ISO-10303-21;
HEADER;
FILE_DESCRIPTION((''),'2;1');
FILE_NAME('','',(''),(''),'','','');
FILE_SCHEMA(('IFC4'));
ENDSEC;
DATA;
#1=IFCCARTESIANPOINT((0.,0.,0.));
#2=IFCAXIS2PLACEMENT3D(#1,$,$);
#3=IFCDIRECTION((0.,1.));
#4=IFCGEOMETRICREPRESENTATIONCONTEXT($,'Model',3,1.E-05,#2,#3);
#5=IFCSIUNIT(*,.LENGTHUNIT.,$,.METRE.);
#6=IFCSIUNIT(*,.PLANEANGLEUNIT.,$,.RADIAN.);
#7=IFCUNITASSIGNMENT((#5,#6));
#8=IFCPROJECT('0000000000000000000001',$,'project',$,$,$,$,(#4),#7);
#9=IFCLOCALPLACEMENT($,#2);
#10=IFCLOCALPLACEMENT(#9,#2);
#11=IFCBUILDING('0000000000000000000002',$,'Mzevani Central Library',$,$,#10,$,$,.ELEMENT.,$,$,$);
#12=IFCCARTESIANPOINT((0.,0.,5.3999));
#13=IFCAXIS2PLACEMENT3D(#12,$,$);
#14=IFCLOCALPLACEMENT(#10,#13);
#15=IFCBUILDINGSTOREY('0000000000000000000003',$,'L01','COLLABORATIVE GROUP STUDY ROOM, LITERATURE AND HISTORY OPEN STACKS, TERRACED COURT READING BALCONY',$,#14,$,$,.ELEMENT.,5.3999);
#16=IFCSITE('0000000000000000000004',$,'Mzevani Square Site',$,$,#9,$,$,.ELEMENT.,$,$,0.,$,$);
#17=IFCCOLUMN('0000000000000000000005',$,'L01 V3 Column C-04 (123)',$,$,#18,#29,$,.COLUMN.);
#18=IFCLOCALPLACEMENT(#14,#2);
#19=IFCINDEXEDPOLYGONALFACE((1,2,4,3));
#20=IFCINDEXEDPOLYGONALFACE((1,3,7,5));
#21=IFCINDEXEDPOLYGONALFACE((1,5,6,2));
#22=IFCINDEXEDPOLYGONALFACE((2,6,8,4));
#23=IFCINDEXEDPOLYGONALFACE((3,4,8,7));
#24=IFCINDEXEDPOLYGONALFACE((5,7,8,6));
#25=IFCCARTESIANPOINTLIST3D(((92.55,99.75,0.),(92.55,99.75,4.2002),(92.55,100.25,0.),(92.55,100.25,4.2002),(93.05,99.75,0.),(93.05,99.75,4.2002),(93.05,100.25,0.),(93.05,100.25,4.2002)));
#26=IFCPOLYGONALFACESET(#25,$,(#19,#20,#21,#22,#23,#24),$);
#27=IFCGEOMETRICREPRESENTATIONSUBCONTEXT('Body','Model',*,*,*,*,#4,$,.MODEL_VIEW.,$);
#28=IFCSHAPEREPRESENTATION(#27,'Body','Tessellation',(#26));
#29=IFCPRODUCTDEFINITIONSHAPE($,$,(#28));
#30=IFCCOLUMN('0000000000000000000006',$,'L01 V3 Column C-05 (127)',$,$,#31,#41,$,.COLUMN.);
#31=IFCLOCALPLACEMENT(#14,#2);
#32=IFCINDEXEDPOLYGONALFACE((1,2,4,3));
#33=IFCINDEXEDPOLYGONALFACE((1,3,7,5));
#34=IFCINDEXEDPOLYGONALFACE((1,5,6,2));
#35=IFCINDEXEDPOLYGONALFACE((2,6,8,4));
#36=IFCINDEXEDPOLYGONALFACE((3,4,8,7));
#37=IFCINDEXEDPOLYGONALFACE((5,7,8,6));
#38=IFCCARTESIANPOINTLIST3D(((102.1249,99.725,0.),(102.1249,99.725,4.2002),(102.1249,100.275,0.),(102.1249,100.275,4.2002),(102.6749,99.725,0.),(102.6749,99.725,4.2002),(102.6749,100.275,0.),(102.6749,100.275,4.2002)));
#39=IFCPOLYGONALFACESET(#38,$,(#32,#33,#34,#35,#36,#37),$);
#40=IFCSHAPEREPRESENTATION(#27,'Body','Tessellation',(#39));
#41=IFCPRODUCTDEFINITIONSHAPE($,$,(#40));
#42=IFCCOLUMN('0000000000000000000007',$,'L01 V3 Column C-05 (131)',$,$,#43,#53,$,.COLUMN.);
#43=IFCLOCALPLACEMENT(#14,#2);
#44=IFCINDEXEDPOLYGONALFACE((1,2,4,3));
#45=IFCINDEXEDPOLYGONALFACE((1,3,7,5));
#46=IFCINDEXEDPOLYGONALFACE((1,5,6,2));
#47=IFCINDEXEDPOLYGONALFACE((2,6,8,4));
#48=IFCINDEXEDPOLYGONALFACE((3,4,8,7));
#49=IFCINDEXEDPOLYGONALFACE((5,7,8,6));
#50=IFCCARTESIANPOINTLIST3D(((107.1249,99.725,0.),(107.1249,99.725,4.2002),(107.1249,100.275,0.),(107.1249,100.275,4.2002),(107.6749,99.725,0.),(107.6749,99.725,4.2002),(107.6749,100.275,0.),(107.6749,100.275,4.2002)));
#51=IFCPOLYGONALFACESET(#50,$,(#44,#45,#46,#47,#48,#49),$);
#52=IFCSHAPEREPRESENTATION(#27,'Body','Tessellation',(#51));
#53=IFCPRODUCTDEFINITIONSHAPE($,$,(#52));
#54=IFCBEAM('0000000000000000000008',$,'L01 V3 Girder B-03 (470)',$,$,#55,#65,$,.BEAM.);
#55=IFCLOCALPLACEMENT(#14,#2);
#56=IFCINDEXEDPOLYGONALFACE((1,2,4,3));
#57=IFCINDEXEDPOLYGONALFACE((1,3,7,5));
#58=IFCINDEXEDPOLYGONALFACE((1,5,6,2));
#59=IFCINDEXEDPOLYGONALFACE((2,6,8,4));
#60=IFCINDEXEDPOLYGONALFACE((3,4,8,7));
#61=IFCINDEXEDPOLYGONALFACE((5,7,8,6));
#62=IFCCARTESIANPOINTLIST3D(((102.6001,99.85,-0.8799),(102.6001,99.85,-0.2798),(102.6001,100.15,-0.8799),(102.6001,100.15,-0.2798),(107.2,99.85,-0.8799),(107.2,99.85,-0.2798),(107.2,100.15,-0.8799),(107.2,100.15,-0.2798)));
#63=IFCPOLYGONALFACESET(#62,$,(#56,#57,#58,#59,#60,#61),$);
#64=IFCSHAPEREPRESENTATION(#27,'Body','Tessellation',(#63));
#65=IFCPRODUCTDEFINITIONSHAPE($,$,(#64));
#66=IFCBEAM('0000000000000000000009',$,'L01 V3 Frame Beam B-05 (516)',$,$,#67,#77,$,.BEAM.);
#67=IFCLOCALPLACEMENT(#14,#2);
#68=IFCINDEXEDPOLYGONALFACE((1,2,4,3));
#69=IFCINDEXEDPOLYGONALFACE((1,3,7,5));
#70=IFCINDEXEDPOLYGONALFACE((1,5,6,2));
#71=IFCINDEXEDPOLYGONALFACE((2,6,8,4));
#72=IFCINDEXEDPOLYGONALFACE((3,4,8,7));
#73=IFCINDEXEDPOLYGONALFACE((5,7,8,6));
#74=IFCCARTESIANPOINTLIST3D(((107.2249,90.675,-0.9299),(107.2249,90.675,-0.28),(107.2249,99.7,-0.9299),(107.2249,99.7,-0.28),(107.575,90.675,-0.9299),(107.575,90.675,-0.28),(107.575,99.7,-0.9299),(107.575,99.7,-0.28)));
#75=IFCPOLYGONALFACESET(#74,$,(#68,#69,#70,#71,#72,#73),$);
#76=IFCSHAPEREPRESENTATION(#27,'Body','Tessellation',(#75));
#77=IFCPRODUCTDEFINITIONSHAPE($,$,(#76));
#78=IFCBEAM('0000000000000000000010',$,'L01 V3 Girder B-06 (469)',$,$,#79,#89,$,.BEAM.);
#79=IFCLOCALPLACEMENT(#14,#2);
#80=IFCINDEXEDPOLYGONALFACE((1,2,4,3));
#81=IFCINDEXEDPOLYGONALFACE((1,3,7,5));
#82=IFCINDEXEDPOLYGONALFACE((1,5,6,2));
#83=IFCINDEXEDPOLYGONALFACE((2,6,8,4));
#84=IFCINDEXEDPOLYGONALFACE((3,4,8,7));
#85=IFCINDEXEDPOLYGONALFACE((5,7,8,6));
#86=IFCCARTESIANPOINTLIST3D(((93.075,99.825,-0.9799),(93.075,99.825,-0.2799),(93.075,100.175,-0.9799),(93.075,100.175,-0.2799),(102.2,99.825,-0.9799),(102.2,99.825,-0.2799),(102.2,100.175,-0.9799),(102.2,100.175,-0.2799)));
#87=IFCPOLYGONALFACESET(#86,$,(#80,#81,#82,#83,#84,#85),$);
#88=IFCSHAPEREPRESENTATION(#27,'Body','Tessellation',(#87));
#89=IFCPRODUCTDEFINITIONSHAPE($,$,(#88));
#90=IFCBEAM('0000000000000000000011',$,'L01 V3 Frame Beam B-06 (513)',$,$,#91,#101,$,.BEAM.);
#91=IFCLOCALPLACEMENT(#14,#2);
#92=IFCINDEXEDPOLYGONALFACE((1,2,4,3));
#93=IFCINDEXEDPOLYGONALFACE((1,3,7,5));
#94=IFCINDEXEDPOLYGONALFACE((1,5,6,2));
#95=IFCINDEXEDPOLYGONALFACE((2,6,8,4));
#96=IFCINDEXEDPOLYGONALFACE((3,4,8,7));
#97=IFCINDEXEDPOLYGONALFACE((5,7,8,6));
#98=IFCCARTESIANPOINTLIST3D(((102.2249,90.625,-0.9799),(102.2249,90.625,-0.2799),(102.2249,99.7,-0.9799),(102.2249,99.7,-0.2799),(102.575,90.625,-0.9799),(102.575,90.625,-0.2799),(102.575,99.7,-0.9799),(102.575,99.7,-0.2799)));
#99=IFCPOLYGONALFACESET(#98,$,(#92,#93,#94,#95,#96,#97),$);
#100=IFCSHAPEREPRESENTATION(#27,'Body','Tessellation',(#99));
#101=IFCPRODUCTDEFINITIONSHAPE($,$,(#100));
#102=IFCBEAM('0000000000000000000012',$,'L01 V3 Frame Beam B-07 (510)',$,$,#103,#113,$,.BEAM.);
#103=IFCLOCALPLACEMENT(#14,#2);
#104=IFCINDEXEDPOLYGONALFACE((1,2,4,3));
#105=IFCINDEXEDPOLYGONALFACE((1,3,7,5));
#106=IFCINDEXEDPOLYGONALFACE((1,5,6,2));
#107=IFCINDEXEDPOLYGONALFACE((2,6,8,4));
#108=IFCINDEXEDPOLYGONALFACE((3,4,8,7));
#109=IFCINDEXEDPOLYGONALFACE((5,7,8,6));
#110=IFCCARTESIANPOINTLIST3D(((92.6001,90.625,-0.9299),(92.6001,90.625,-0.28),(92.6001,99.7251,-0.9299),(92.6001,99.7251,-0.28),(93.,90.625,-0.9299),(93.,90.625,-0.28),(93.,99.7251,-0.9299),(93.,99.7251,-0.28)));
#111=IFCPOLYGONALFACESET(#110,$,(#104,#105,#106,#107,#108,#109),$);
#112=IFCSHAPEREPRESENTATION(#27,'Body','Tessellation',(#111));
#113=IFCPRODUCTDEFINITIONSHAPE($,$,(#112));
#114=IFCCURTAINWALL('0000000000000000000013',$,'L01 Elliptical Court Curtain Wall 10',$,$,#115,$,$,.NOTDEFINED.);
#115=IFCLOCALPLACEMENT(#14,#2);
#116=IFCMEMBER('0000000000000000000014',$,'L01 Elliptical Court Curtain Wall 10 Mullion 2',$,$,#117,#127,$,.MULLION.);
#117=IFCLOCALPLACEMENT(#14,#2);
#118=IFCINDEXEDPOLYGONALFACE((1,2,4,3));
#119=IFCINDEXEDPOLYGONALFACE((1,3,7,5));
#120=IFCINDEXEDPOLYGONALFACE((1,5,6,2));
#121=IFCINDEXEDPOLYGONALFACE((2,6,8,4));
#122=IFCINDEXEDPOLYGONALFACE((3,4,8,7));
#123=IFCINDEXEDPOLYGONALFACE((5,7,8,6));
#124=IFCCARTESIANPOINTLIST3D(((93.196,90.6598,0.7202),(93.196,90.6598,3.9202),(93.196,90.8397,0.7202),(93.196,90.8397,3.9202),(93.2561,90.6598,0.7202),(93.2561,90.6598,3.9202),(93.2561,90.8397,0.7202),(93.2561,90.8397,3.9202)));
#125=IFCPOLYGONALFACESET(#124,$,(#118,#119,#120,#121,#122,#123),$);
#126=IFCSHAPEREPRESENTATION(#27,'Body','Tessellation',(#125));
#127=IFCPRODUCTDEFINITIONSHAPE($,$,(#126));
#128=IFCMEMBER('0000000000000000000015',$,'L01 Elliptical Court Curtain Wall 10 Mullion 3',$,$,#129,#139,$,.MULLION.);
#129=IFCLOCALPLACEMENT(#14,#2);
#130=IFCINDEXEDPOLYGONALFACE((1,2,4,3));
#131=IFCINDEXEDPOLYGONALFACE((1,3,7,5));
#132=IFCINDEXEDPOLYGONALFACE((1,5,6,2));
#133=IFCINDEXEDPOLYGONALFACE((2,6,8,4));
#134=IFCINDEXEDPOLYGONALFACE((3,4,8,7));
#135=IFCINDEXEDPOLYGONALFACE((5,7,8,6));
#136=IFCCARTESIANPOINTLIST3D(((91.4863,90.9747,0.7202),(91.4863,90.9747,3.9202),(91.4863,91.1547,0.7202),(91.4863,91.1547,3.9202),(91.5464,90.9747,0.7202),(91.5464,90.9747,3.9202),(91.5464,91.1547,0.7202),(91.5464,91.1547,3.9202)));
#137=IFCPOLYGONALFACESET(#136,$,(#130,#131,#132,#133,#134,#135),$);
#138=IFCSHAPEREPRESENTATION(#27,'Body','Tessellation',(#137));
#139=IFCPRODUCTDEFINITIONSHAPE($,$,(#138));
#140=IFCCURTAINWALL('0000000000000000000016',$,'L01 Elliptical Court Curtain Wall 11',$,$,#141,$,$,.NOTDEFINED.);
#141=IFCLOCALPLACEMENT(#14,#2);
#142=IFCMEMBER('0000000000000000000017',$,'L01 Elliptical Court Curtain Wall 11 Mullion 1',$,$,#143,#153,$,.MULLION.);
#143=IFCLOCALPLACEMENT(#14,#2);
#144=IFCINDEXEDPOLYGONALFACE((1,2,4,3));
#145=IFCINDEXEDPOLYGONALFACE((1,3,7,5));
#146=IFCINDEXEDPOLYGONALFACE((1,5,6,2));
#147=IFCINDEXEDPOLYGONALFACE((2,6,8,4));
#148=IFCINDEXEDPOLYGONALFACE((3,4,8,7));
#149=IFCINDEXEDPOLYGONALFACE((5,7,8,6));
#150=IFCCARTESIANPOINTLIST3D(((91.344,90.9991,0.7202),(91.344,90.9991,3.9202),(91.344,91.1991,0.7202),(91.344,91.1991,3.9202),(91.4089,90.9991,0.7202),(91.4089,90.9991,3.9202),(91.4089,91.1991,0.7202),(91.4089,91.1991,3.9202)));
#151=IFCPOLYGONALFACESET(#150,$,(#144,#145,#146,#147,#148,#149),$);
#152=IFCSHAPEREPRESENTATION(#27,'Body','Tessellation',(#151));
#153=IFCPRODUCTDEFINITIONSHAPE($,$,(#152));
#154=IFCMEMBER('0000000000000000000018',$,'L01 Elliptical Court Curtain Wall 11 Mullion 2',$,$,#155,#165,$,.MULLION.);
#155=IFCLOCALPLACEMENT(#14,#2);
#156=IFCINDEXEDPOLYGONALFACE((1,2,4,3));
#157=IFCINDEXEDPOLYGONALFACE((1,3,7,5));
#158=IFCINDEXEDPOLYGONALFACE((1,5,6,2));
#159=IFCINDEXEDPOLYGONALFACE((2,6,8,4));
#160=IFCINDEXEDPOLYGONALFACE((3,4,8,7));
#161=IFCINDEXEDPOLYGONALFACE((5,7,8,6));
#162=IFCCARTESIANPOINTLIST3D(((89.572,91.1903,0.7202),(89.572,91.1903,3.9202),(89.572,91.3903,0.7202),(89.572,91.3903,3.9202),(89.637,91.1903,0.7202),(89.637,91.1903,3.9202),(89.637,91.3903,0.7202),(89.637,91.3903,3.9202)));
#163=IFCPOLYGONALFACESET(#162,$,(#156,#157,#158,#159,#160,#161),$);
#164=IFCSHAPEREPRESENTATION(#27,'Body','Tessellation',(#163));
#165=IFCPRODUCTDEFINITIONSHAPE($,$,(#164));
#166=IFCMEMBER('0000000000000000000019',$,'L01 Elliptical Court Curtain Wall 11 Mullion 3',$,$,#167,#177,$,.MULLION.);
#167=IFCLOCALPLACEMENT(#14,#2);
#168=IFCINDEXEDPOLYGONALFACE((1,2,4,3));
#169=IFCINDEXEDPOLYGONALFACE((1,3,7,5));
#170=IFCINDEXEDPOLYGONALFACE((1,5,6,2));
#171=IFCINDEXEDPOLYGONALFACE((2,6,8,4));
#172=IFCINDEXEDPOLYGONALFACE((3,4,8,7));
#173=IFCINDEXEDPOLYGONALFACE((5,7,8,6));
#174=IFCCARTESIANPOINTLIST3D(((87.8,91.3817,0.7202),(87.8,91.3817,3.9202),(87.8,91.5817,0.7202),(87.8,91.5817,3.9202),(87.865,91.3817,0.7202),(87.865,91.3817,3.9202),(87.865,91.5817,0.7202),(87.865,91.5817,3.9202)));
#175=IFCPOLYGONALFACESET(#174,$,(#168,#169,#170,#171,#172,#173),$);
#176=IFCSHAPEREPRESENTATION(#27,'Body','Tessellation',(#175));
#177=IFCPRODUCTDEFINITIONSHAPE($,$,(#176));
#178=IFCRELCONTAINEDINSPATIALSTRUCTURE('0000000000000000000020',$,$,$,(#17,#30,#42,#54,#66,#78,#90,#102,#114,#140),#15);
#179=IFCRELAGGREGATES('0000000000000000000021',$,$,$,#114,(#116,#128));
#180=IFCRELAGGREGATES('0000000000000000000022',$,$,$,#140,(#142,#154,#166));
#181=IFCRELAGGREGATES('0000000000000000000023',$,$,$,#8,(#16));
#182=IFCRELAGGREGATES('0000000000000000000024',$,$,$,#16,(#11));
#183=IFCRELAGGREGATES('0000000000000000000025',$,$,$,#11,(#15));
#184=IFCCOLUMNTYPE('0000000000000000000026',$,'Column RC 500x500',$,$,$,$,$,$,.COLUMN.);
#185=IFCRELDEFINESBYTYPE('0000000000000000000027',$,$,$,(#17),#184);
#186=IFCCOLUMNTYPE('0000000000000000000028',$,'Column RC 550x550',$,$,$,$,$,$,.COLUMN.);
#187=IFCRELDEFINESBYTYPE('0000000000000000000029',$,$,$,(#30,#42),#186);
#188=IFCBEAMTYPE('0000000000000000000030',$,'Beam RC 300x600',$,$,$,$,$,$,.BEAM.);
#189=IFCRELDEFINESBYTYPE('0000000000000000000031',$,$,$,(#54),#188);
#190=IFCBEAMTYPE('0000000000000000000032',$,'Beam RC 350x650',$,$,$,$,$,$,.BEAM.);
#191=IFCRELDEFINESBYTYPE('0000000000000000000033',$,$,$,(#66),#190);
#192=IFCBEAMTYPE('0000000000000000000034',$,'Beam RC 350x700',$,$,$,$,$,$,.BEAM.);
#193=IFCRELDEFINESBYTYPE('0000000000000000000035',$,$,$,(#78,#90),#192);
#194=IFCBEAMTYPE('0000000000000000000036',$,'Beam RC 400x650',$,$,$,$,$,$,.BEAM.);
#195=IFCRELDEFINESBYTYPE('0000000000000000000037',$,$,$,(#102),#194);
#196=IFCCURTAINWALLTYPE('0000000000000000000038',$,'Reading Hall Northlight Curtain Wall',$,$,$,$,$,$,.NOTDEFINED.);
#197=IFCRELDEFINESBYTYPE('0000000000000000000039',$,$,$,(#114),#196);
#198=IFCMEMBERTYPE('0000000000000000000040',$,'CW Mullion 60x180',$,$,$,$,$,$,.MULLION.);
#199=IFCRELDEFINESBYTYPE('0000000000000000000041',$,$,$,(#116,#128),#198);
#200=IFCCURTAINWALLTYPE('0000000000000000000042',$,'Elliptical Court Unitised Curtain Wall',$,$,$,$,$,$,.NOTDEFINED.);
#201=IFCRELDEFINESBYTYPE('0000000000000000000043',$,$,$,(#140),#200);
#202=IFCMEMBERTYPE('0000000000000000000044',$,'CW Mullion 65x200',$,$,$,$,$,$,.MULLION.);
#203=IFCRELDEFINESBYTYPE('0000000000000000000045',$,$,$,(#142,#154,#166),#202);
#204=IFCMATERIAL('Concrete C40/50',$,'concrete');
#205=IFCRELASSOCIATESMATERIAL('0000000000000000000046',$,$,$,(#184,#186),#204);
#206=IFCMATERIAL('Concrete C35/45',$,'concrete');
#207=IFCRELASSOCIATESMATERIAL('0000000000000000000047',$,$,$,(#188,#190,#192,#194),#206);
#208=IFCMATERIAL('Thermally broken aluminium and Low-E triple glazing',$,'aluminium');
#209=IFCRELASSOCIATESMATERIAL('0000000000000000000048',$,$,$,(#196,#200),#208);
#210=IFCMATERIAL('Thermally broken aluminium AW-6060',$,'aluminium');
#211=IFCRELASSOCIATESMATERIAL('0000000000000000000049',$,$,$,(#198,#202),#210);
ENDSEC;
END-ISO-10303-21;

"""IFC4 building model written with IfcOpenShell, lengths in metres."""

from ifc_helpers import new_model, si_unit, direction, frame, origin, origin_2d, place, context, subcontext, project, spatial, rectangle, extrude, material, material_profile, profile_set, type_object, element, aggregate, save


model = new_model("IFC4")

# Units and contexts
model_context = context("Model", 3, precision=1e-05, world=origin(), true_north=direction((0.0, 1.0)))
body_context = subcontext(model_context, "Body", "Model", "MODEL_VIEW")
ifc_project = project(units=[si_unit("LENGTHUNIT", "METRE"), si_unit("PLANEANGLEUNIT", "RADIAN")], contexts=[model_context])

# Site, building, storey
site_placement = place(None, origin())
site = spatial("IfcSite", under=ifc_project, at=site_placement, Name="Mzevani Square Site", CompositionType="ELEMENT", RefElevation=0.0)
building_placement = place(site_placement, origin())
building = spatial("IfcBuilding", under=site, at=building_placement, Name="Mzevani Central Library", CompositionType="ELEMENT")
storey_placement = place(building_placement, frame((0.0, 0.0, 5.3999)))
storey = spatial("IfcBuildingStorey", under=building, at=storey_placement, Name="L01", Description="COLLABORATIVE GROUP STUDY ROOM, LITERATURE AND HISTORY OPEN STACKS, TERRACED COURT READING BALCONY", CompositionType="ELEMENT", Elevation=5.3999)

# Columns
ifc_material_1 = material(Name="Concrete C40/50", Category="concrete")
ifc_material_profile_1 = material_profile(ifc_material_1, rectangle(XDim=0.5, YDim=0.5, at=origin_2d()), Name="RC 500x500")
ifc_profile_set_1 = profile_set([ifc_material_profile_1], Name="Concrete C40/50")
column_type_1 = type_object("IfcColumnType", Name="Column RC 500x500", PredefinedType="COLUMN", material=ifc_profile_set_1)
column_placement = place(storey_placement, frame((92.8, 100.0, 0.0), z_axis=(0.0, 0.0, 1.0), x_axis=(1.0, 0.0, 0.0)))
element("IfcColumn", 1, at=column_placement, inside=storey, type_object=column_type_1, Name="L01 V3 Column C-04 (123)", PredefinedType="COLUMN", context=body_context, shape_type="SweptSolid", body=[
    extrude(rectangle(XDim=0.5, YDim=0.5, at=origin_2d()), origin(), (0.0, 0.0, 1.0), 4.2002),
])
ifc_material_profile_2 = material_profile(ifc_material_1, rectangle(XDim=0.55, YDim=0.55, at=origin_2d()), Name="RC 550x550")
ifc_profile_set_2 = profile_set([ifc_material_profile_2], Name="Concrete C40/50")
column_type_2 = type_object("IfcColumnType", Name="Column RC 550x550", PredefinedType="COLUMN", material=ifc_profile_set_2)
for number, where, z_axis, x_axis, name in (
    (2, (102.3999, 100.0, 0.0), (0.0, 0.0, 1.0), (1.0, 0.0, 0.0), "L01 V3 Column C-05 (127)"),
    (3, (107.3999, 100.0, 0.0), (0.0, 0.0, 1.0), (1.0, 0.0, 0.0), "L01 V3 Column C-05 (131)"),
):
    element("IfcColumn", number, at=place(storey_placement, frame(where, z_axis=z_axis, x_axis=x_axis)), inside=storey, type_object=column_type_2, Name=name, PredefinedType="COLUMN", context=body_context, shape_type="SweptSolid", body=[
        extrude(rectangle(XDim=0.55, YDim=0.55, at=origin_2d()), origin(), (0.0, 0.0, 1.0), 4.2002),
    ])

# Beams
ifc_material_2 = material(Name="Concrete C35/45", Category="concrete")
ifc_material_profile_3 = material_profile(ifc_material_2, rectangle(XDim=0.3, YDim=0.6001, at=origin_2d()), Name="RC B300x600")
ifc_profile_set_3 = profile_set([ifc_material_profile_3], Name="Concrete C35/45")
beam_type_1 = type_object("IfcBeamType", Name="Beam RC 300x600", PredefinedType="BEAM", material=ifc_profile_set_3)
beam_1_placement = place(storey_placement, frame((102.6001, 100.0, -0.5798), z_axis=(1.0, 0.0, 0.0), x_axis=(0.0, 1.0, 0.0)))
element("IfcBeam", 4, at=beam_1_placement, inside=storey, type_object=beam_type_1, Name="L01 V3 Girder B-03 (470)", PredefinedType="BEAM", context=body_context, shape_type="SweptSolid", body=[
    extrude(rectangle(XDim=0.3, YDim=0.6001, at=origin_2d()), origin(), (0.0, 0.0, 1.0), 4.5999),
])
ifc_material_profile_4 = material_profile(ifc_material_2, rectangle(XDim=0.3501, YDim=0.6499, at=origin_2d()), Name="RC B350x650")
ifc_profile_set_4 = profile_set([ifc_material_profile_4], Name="Concrete C35/45")
beam_type_2 = type_object("IfcBeamType", Name="Beam RC 350x650", PredefinedType="BEAM", material=ifc_profile_set_4)
beam_2_placement = place(storey_placement, frame((107.3999, 90.675, -0.605), z_axis=(0.0, 1.0, 0.0), x_axis=(-1.0, 0.0, 0.0)))
element("IfcBeam", 5, at=beam_2_placement, inside=storey, type_object=beam_type_2, Name="L01 V3 Frame Beam B-05 (516)", PredefinedType="BEAM", context=body_context, shape_type="SweptSolid", body=[
    extrude(rectangle(XDim=0.3501, YDim=0.6499, at=origin_2d()), origin(), (0.0, 0.0, 1.0), 9.0249),
])
ifc_material_profile_5 = material_profile(ifc_material_2, rectangle(XDim=0.3501, YDim=0.7, at=origin_2d()), Name="RC B350x700")
ifc_profile_set_5 = profile_set([ifc_material_profile_5], Name="Concrete C35/45")
beam_type_3 = type_object("IfcBeamType", Name="Beam RC 350x700", PredefinedType="BEAM", material=ifc_profile_set_5)
beam_3_placement = place(storey_placement, frame((93.075, 100.0, -0.6299), z_axis=(1.0, 0.0, 0.0), x_axis=(0.0, 1.0, 0.0)))
element("IfcBeam", 6, at=beam_3_placement, inside=storey, type_object=beam_type_3, Name="L01 V3 Girder B-06 (469)", PredefinedType="BEAM", context=body_context, shape_type="SweptSolid", body=[
    extrude(rectangle(XDim=0.3501, YDim=0.7, at=origin_2d()), origin(), (0.0, 0.0, 1.0), 9.125),
])
beam_4_placement = place(storey_placement, frame((102.3999, 90.625, -0.6299), z_axis=(0.0, 1.0, 0.0), x_axis=(-1.0, 0.0, 0.0)))
element("IfcBeam", 7, at=beam_4_placement, inside=storey, type_object=beam_type_3, Name="L01 V3 Frame Beam B-06 (513)", PredefinedType="BEAM", context=body_context, shape_type="SweptSolid", body=[
    extrude(rectangle(XDim=0.3501, YDim=0.7, at=origin_2d()), origin(), (0.0, 0.0, 1.0), 9.075),
])
ifc_material_profile_6 = material_profile(ifc_material_2, rectangle(XDim=0.3999, YDim=0.6499, at=origin_2d()), Name="RC B400x650")
ifc_profile_set_6 = profile_set([ifc_material_profile_6], Name="Concrete C35/45")
beam_type_4 = type_object("IfcBeamType", Name="Beam RC 400x650", PredefinedType="BEAM", material=ifc_profile_set_6)
beam_5_placement = place(storey_placement, frame((92.8, 90.625, -0.605), z_axis=(0.0, 1.0, 0.0), x_axis=(-1.0, 0.0, 0.0)))
element("IfcBeam", 8, at=beam_5_placement, inside=storey, type_object=beam_type_4, Name="L01 V3 Frame Beam B-07 (510)", PredefinedType="BEAM", context=body_context, shape_type="SweptSolid", body=[
    extrude(rectangle(XDim=0.3999, YDim=0.6499, at=origin_2d()), origin(), (0.0, 0.0, 1.0), 9.1001),
])

# Curtain walls, members
ifc_material_3 = material(Name="Thermally broken aluminium and Low-E triple glazing", Category="aluminium")
curtain_wall_type_1 = type_object("IfcCurtainWallType", Name="Reading Hall Northlight Curtain Wall", PredefinedType="NOTDEFINED", material=ifc_material_3)
curtain_wall_1_placement = place(storey_placement, origin())
curtain_wall_1 = element("IfcCurtainWall", 9, at=curtain_wall_1_placement, inside=storey, type_object=curtain_wall_type_1, Name="L01 Elliptical Court Curtain Wall 10", PredefinedType="NOTDEFINED")
ifc_material_4 = material(Name="Thermally broken aluminium AW-6060", Category="aluminium")
ifc_material_profile_7 = material_profile(ifc_material_4, rectangle(XDim=0.0601, YDim=0.1799, at=origin_2d()), Name="ALU M60x180")
ifc_profile_set_7 = profile_set([ifc_material_profile_7], Name="Thermally broken aluminium AW-6060")
member_type_1 = type_object("IfcMemberType", Name="CW Mullion 60x180", PredefinedType="MULLION", material=ifc_profile_set_7)
member_1_placement = place(storey_placement, frame((93.2261, 90.7498, 0.7202), z_axis=(0.0, 0.0, 1.0), x_axis=(1.0, 0.0, 0.0)))
member_1 = element("IfcMember", 10, at=member_1_placement, type_object=member_type_1, Name="L01 Elliptical Court Curtain Wall 10 Mullion 2", PredefinedType="MULLION", context=body_context, shape_type="SweptSolid", body=[
    extrude(rectangle(XDim=0.0601, YDim=0.1799, at=origin_2d()), origin(), (0.0, 0.0, 1.0), 3.2),
])
member_2_placement = place(storey_placement, frame((91.5164, 91.0647, 0.7202), z_axis=(0.0, 0.0, 1.0), x_axis=(1.0, 0.0, 0.0)))
member_2 = element("IfcMember", 11, at=member_2_placement, type_object=member_type_1, Name="L01 Elliptical Court Curtain Wall 10 Mullion 3", PredefinedType="MULLION", context=body_context, shape_type="SweptSolid", body=[
    extrude(rectangle(XDim=0.0601, YDim=0.1799, at=origin_2d()), origin(), (0.0, 0.0, 1.0), 3.2),
])
curtain_wall_type_2 = type_object("IfcCurtainWallType", Name="Elliptical Court Unitised Curtain Wall", PredefinedType="NOTDEFINED", material=ifc_material_3)
curtain_wall_2_placement = place(storey_placement, origin())
curtain_wall_2 = element("IfcCurtainWall", 12, at=curtain_wall_2_placement, inside=storey, type_object=curtain_wall_type_2, Name="L01 Elliptical Court Curtain Wall 11", PredefinedType="NOTDEFINED")
ifc_material_profile_8 = material_profile(ifc_material_4, rectangle(XDim=0.0649, YDim=0.2, at=origin_2d()), Name="ALU M65x200")
ifc_profile_set_8 = profile_set([ifc_material_profile_8], Name="Thermally broken aluminium AW-6060")
member_type_2 = type_object("IfcMemberType", Name="CW Mullion 65x200", PredefinedType="MULLION", material=ifc_profile_set_8)
member_3_placement = place(storey_placement, frame((91.3765, 91.0991, 0.7202), z_axis=(0.0, 0.0, 1.0), x_axis=(1.0, 0.0, 0.0)))
member_3 = element("IfcMember", 13, at=member_3_placement, type_object=member_type_2, Name="L01 Elliptical Court Curtain Wall 11 Mullion 1", PredefinedType="MULLION", context=body_context, shape_type="SweptSolid", body=[
    extrude(rectangle(XDim=0.0649, YDim=0.2, at=origin_2d()), origin(), (0.0, 0.0, 1.0), 3.2),
])
member_4_placement = place(storey_placement, frame((89.6045, 91.2903, 0.7202), z_axis=(0.0, 0.0, 1.0), x_axis=(1.0, 0.0, 0.0)))
member_4 = element("IfcMember", 14, at=member_4_placement, type_object=member_type_2, Name="L01 Elliptical Court Curtain Wall 11 Mullion 2", PredefinedType="MULLION", context=body_context, shape_type="SweptSolid", body=[
    extrude(rectangle(XDim=0.0649, YDim=0.2, at=origin_2d()), origin(), (0.0, 0.0, 1.0), 3.2),
])
member_5_placement = place(storey_placement, frame((87.8325, 91.4817, 0.7202), z_axis=(0.0, 0.0, 1.0), x_axis=(1.0, 0.0, 0.0)))
member_5 = element("IfcMember", 15, at=member_5_placement, type_object=member_type_2, Name="L01 Elliptical Court Curtain Wall 11 Mullion 3", PredefinedType="MULLION", context=body_context, shape_type="SweptSolid", body=[
    extrude(rectangle(XDim=0.0649, YDim=0.2, at=origin_2d()), origin(), (0.0, 0.0, 1.0), 3.2),
])

aggregate(curtain_wall_1, [member_1, member_2])
aggregate(curtain_wall_2, [member_3, member_4, member_5])

save(model, "model.ifc")
